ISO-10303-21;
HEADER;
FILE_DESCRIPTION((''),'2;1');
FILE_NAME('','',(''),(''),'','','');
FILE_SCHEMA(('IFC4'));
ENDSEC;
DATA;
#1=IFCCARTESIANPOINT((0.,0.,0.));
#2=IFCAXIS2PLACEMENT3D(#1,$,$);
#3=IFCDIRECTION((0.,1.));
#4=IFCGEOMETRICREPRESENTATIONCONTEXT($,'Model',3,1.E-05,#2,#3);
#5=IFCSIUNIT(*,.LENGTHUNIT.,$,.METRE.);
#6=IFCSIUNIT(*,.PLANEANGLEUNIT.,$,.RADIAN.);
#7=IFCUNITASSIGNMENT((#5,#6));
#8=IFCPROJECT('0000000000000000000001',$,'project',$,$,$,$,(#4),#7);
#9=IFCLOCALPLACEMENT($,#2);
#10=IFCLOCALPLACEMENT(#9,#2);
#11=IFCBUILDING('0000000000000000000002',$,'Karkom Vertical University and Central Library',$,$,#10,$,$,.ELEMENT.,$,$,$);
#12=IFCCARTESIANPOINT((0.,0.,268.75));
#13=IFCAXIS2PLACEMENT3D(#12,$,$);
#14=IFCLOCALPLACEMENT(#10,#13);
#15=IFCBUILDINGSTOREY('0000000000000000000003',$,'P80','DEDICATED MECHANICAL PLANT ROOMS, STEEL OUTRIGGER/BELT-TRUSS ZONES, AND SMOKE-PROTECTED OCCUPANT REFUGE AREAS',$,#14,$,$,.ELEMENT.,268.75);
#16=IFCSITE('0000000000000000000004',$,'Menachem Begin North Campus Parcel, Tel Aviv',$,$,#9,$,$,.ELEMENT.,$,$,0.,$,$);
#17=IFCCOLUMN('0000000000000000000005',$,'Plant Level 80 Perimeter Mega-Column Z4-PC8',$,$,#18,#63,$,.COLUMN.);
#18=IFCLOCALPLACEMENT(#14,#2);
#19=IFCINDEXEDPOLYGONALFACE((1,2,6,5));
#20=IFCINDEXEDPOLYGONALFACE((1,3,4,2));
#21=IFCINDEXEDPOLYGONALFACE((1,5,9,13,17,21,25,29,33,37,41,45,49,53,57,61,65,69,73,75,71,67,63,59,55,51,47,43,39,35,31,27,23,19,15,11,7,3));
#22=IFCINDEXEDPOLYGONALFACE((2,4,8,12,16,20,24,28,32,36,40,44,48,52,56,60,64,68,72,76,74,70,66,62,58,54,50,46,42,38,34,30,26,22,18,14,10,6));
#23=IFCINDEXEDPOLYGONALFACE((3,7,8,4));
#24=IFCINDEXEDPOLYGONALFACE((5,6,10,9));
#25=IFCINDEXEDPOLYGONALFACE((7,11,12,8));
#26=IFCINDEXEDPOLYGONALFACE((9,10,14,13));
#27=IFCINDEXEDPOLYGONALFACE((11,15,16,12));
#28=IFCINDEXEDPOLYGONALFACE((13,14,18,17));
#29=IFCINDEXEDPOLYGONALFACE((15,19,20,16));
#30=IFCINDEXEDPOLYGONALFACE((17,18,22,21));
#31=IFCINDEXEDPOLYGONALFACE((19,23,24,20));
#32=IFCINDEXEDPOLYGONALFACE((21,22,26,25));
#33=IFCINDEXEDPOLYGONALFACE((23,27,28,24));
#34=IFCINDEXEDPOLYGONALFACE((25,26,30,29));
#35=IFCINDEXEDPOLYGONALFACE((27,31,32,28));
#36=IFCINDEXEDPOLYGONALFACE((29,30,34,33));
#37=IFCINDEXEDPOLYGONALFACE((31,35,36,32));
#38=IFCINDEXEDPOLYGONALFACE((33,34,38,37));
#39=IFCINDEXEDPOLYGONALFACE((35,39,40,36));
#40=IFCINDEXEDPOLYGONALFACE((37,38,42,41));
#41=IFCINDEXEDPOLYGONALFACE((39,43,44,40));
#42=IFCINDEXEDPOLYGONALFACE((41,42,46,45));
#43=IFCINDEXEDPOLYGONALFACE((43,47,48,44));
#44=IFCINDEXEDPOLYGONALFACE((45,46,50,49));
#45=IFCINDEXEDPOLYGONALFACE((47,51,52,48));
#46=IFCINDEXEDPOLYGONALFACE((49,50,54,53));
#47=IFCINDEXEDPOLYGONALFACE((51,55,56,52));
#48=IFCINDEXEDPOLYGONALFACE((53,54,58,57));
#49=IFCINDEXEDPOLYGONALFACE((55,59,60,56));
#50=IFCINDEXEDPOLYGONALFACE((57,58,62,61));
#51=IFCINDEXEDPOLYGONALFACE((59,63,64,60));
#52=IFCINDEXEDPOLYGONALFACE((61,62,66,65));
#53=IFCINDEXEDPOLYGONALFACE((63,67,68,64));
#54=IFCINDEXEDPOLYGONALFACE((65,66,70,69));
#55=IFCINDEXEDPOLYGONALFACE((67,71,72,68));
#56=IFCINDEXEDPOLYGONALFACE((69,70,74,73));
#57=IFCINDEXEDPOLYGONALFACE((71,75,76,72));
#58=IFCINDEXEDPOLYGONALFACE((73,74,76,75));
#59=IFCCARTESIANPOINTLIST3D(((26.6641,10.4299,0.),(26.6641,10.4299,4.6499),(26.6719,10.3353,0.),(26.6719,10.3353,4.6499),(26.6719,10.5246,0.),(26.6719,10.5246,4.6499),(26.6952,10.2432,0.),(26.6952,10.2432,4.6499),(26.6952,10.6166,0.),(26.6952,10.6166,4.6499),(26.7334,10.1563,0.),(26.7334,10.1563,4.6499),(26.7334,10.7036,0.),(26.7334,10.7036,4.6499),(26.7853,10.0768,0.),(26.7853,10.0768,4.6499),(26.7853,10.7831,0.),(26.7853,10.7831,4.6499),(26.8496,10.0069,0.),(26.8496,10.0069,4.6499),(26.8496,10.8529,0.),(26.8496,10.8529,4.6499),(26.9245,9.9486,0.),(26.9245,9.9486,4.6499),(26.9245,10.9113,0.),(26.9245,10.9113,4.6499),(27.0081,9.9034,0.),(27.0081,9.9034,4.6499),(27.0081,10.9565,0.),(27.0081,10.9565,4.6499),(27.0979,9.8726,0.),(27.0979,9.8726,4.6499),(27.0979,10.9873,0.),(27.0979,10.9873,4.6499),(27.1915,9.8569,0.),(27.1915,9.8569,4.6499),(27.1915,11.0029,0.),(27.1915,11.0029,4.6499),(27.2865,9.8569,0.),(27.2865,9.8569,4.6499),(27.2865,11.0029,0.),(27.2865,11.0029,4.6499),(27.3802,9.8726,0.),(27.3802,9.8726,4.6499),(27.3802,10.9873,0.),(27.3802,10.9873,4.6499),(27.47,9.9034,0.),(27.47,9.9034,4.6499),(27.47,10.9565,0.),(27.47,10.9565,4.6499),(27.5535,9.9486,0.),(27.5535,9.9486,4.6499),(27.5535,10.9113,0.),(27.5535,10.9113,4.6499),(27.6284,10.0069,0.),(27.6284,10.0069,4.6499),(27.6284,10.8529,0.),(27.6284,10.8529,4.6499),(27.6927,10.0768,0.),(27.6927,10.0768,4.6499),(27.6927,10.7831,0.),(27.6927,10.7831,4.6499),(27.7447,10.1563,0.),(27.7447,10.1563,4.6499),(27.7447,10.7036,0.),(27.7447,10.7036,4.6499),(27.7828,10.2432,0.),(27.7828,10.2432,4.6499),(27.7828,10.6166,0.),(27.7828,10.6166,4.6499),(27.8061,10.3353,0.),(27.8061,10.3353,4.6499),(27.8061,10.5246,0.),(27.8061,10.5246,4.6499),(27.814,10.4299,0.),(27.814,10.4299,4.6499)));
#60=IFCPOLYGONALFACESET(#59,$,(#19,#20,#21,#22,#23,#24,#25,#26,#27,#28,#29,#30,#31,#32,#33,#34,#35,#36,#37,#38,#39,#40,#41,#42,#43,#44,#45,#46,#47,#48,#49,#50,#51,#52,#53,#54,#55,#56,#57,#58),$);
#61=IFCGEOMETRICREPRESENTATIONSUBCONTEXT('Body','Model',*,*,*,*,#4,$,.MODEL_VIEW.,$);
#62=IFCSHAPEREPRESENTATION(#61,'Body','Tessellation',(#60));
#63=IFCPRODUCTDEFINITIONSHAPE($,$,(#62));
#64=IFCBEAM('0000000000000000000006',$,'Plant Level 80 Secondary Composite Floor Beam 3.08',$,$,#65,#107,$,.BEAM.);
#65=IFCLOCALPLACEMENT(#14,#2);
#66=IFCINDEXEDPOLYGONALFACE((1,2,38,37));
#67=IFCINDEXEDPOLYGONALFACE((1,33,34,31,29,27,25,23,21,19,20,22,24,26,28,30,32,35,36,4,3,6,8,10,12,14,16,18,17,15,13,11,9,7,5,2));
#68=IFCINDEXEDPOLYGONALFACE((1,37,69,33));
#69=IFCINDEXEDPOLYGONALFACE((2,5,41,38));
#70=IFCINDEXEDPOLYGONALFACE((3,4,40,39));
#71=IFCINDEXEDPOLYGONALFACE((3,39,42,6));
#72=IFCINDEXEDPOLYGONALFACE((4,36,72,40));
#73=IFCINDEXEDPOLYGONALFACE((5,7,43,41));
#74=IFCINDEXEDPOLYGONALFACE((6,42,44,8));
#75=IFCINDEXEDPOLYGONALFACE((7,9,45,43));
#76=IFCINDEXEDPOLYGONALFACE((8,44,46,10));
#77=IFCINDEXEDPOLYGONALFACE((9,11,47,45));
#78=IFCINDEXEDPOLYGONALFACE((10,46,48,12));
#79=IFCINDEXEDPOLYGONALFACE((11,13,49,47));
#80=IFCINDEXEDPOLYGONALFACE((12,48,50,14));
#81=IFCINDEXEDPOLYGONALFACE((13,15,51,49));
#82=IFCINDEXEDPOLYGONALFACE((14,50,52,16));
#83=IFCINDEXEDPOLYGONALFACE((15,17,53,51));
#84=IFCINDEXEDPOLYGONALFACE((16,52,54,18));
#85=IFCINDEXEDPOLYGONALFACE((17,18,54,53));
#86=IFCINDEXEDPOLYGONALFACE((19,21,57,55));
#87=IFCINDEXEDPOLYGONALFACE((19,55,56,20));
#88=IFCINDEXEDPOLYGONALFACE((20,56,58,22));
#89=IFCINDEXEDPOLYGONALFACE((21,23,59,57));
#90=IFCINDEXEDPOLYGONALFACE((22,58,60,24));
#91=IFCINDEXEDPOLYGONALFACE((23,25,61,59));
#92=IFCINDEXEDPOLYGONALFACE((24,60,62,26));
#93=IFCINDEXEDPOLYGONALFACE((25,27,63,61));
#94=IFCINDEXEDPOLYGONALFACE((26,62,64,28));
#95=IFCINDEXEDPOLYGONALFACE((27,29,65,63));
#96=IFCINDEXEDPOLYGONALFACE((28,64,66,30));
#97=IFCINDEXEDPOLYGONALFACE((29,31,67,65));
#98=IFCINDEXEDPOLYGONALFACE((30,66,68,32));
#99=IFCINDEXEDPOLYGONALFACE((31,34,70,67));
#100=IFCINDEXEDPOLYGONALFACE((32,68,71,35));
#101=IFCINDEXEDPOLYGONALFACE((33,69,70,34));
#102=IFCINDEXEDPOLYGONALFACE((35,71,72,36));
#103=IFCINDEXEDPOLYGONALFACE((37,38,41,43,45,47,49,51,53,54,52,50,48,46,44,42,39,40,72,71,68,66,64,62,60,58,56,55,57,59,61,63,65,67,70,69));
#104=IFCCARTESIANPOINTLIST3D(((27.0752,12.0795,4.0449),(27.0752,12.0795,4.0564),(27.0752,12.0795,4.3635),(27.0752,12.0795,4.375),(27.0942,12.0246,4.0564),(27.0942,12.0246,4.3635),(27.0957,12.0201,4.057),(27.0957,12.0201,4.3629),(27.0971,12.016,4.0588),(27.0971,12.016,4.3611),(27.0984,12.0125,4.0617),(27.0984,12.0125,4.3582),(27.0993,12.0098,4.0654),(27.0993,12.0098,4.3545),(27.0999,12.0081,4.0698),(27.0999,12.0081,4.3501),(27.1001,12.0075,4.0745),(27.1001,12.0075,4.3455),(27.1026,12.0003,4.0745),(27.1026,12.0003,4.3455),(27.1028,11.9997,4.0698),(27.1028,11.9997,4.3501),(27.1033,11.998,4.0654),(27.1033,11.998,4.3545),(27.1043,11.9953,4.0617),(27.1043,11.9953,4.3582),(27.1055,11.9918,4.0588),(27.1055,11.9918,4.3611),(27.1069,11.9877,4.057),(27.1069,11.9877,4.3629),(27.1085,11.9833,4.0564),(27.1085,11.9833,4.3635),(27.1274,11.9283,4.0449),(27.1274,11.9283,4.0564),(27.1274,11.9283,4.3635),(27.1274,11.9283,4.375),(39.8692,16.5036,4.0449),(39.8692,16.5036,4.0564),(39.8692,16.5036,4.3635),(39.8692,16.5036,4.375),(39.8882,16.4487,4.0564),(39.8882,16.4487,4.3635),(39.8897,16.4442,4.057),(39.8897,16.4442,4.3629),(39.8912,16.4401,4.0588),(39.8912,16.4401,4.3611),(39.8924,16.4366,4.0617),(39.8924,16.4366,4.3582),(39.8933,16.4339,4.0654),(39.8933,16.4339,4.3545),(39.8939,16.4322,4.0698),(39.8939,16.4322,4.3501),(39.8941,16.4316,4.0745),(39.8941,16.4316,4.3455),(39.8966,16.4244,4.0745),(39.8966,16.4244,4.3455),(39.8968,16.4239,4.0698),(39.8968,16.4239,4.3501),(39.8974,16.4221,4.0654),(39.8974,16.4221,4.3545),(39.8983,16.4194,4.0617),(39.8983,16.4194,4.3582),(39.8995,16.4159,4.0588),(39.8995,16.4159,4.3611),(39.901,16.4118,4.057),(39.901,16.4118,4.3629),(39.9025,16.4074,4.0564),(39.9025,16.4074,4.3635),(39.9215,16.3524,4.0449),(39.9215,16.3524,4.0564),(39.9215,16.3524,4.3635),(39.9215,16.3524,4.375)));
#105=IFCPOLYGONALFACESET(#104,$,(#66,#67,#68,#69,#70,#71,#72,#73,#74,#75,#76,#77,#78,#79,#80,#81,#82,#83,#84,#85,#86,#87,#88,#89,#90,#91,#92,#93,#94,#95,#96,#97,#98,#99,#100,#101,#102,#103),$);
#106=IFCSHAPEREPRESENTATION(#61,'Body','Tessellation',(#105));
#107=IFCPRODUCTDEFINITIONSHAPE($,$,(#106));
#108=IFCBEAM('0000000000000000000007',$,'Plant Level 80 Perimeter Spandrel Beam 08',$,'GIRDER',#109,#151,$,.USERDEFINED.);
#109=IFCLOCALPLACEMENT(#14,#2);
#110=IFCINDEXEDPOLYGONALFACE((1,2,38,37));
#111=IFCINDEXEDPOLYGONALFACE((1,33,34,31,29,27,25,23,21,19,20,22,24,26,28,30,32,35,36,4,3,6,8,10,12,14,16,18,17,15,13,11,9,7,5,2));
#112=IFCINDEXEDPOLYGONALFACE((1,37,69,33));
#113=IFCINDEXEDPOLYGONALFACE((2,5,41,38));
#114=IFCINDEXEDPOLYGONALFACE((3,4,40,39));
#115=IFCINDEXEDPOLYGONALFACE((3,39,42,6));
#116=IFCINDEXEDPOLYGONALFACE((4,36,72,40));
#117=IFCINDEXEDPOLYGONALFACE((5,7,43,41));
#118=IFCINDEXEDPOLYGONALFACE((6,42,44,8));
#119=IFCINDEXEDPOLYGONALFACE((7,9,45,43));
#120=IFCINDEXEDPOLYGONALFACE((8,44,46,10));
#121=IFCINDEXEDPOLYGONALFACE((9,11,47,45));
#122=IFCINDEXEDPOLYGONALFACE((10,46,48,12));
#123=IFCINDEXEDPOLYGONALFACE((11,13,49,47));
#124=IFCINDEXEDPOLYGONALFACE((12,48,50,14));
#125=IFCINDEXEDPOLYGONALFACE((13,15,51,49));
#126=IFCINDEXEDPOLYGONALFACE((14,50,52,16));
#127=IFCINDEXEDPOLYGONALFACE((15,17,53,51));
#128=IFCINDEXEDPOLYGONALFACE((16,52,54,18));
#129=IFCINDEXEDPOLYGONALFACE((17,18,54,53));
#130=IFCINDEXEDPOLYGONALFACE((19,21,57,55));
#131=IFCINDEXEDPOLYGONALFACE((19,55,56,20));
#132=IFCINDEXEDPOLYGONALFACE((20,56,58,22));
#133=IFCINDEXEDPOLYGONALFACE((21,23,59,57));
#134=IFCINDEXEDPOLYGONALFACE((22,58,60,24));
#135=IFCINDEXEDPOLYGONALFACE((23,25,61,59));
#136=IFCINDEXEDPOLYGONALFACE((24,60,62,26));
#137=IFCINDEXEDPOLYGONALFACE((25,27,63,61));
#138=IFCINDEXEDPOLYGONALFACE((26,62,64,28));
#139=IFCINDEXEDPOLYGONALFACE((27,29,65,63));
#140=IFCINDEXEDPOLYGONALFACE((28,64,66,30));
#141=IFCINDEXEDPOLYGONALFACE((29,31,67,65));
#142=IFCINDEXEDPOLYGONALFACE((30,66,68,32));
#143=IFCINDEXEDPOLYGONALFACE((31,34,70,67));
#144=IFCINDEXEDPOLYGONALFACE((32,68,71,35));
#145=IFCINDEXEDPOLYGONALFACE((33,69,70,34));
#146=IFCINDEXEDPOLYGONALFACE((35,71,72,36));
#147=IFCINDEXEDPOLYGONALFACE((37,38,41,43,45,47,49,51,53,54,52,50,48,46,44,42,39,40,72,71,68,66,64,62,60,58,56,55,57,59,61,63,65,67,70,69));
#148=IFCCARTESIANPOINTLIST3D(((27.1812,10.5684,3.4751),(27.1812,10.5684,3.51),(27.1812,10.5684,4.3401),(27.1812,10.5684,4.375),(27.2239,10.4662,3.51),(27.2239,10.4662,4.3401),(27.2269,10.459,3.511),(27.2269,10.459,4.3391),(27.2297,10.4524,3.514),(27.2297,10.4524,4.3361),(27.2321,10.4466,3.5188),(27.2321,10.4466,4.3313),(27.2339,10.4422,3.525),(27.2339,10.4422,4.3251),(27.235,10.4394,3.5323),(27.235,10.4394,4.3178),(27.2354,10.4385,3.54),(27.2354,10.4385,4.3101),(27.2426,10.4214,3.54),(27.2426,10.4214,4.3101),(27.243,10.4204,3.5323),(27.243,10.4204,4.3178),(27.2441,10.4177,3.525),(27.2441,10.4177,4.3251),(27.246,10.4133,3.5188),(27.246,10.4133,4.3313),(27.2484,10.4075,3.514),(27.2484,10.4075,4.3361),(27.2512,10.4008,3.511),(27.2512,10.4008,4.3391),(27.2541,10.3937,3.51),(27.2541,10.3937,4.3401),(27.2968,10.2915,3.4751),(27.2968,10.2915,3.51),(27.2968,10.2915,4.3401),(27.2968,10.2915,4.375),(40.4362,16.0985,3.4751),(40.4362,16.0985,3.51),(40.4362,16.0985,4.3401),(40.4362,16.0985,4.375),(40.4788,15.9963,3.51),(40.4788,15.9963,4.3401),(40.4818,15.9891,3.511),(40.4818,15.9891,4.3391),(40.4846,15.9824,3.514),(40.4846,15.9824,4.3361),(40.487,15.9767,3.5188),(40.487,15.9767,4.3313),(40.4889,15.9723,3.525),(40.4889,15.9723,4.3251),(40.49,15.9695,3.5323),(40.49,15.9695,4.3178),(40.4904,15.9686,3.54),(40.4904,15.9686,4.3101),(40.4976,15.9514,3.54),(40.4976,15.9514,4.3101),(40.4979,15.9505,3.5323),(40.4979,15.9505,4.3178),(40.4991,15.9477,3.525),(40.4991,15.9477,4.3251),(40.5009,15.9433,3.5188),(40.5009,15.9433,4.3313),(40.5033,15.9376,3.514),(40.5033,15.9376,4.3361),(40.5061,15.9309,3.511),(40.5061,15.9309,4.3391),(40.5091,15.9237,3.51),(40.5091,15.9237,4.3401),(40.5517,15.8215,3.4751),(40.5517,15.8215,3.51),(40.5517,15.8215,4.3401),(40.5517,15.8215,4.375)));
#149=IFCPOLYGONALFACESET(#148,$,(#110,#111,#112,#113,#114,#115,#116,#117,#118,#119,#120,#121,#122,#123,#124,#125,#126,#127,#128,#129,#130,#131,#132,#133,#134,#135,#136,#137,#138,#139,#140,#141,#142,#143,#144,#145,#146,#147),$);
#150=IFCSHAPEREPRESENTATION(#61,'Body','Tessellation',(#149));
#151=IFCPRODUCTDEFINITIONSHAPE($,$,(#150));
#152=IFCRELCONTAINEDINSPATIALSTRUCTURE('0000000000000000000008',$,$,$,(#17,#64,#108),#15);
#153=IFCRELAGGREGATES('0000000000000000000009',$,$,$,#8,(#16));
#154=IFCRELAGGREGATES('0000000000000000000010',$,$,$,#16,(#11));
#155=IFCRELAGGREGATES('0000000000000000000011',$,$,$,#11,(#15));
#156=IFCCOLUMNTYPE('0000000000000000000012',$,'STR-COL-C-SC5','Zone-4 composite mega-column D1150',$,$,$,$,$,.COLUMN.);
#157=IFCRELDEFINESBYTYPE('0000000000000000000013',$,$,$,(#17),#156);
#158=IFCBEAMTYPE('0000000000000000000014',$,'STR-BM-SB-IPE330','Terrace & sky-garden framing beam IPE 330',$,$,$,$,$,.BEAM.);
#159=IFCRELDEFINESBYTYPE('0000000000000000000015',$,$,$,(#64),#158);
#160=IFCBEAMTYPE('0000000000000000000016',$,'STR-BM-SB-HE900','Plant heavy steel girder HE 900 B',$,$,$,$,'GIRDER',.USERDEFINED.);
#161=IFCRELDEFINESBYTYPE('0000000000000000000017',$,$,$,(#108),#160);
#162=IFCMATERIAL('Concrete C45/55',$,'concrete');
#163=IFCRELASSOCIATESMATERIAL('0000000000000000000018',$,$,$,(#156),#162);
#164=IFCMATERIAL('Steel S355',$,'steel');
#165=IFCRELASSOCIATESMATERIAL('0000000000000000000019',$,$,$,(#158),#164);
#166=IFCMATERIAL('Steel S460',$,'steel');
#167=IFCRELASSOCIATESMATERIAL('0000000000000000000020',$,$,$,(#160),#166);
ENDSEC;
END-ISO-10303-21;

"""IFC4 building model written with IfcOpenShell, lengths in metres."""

from ifc_helpers import new_model, si_unit, direction, frame, origin, origin_with_axes, origin_2d, place, context, subcontext, project, spatial, circle, i_section, extrude, source, transform, mapped, material, material_profile, profile_set, type_object, element, save


model = new_model("IFC4")

# Units and contexts
model_context = context("Model", 3, precision=1e-05, world=origin(), true_north=direction((0.0, 1.0)))
body_context = subcontext(model_context, "Body", "Model", "MODEL_VIEW")
ifc_project = project(units=[si_unit("LENGTHUNIT", "METRE"), si_unit("PLANEANGLEUNIT", "RADIAN")], contexts=[model_context])

# Site, building, storey
site_placement = place(None, origin())
site = spatial("IfcSite", under=ifc_project, at=site_placement, Name="Menachem Begin North Campus Parcel, Tel Aviv", CompositionType="ELEMENT", RefElevation=0.0)
building_placement = place(site_placement, origin())
building = spatial("IfcBuilding", under=site, at=building_placement, Name="Karkom Vertical University and Central Library", CompositionType="ELEMENT")
storey_placement = place(building_placement, frame((0.0, 0.0, 268.75)))
storey = spatial("IfcBuildingStorey", under=building, at=storey_placement, Name="P80", Description="DEDICATED MECHANICAL PLANT ROOMS, STEEL OUTRIGGER/BELT-TRUSS ZONES, AND SMOKE-PROTECTED OCCUPANT REFUGE AREAS", CompositionType="ELEMENT", Elevation=268.75)

# Column
ifc_material_1 = material(Name="Concrete C45/55", Category="concrete")
ifc_material_profile_1 = material_profile(ifc_material_1, circle(Radius=0.575, at=origin_2d()), Name="CFT-D1150")
ifc_profile_set_1 = profile_set([ifc_material_profile_1], Name="Concrete C45/55")
column_type = type_object("IfcColumnType", Name="STR-COL-C-SC5", Description="Zone-4 composite mega-column D1150", PredefinedType="COLUMN", material=ifc_profile_set_1)
shared_shape_1 = source(origin_with_axes(), body_context, "Body", "SweptSolid", [
    extrude(circle(Radius=0.575, at=origin_2d()), origin(), (0.0, 0.0, 1.0), 4.6499),
])
column_placement = place(storey_placement, frame((27.239, 10.4299, 0.0), z_axis=(0.0, 0.0, 1.0), x_axis=(1.0, 0.0, 0.0)))
element("IfcColumn", 1, at=column_placement, inside=storey, type_object=column_type, Name="Plant Level 80 Perimeter Mega-Column Z4-PC8", PredefinedType="COLUMN", context=body_context, shape_type="MappedRepresentation", body=[
    mapped(shared_shape_1, transform((0.0, 0.0, 0.0), scale=1.0)),
])

# Beams
ifc_material_2 = material(Name="Steel S355", Category="steel")
ifc_material_profile_2 = material_profile(ifc_material_2, i_section(OverallWidth=0.1599, OverallDepth=0.3301, WebThickness=0.0076, FlangeThickness=0.0115, FilletRadius=0.0181, at=origin_2d()), Name="IPE 330")
ifc_profile_set_2 = profile_set([ifc_material_profile_2], Name="Steel S355")
beam_type_1 = type_object("IfcBeamType", Name="STR-BM-SB-IPE330", Description="Terrace & sky-garden framing beam IPE 330", PredefinedType="BEAM", material=ifc_profile_set_2)
shared_shape_2 = source(origin_with_axes(), body_context, "Body", "SweptSolid", [
    extrude(i_section(OverallWidth=0.1599, OverallDepth=0.3301, WebThickness=0.0076, FlangeThickness=0.0115, FilletRadius=0.0181, at=origin_2d()), origin(), (0.0, 0.0, 1.0), 13.5374),
])
beam_1_placement = place(storey_placement, frame((27.1013, 12.0039, 4.21), z_axis=(0.945091, 0.326807, 0.0), x_axis=(-0.326807, 0.945091, 0.0)))
element("IfcBeam", 2, at=beam_1_placement, inside=storey, type_object=beam_type_1, Name="Plant Level 80 Secondary Composite Floor Beam 3.08", PredefinedType="BEAM", context=body_context, shape_type="MappedRepresentation", body=[
    mapped(shared_shape_2, transform((0.0, 0.0, 0.0), scale=1.0)),
])
ifc_material_3 = material(Name="Steel S460", Category="steel")
ifc_material_profile_3 = material_profile(ifc_material_3, i_section(OverallWidth=0.3, OverallDepth=0.8999, WebThickness=0.0186, FlangeThickness=0.0349, FilletRadius=0.03, at=origin_2d()), Name="HE 900 B")
ifc_profile_set_3 = profile_set([ifc_material_profile_3], Name="Steel S460")
beam_type_2 = type_object("IfcBeamType", Name="STR-BM-SB-HE900", Description="Plant heavy steel girder HE 900 B", ElementType="GIRDER", PredefinedType="USERDEFINED", material=ifc_profile_set_3)
shared_shape_3 = source(origin_with_axes(), body_context, "Body", "SweptSolid", [
    extrude(i_section(OverallWidth=0.3, OverallDepth=0.8999, WebThickness=0.0186, FlangeThickness=0.0349, FilletRadius=0.03, at=origin_2d()), origin(), (0.0, 0.0, 1.0), 14.3623),
])
beam_2_placement = place(storey_placement, frame((27.239, 10.4299, 3.925), z_axis=(0.9229, 0.38504, 0.0), x_axis=(-0.38504, 0.9229, 0.0)))
element("IfcBeam", 3, at=beam_2_placement, inside=storey, type_object=beam_type_2, Name="Plant Level 80 Perimeter Spandrel Beam 08", ObjectType="GIRDER", PredefinedType="USERDEFINED", context=body_context, shape_type="MappedRepresentation", body=[
    mapped(shared_shape_3, transform((0.0, 0.0, 0.0), scale=1.0)),
])

save(model, "model.ifc")
